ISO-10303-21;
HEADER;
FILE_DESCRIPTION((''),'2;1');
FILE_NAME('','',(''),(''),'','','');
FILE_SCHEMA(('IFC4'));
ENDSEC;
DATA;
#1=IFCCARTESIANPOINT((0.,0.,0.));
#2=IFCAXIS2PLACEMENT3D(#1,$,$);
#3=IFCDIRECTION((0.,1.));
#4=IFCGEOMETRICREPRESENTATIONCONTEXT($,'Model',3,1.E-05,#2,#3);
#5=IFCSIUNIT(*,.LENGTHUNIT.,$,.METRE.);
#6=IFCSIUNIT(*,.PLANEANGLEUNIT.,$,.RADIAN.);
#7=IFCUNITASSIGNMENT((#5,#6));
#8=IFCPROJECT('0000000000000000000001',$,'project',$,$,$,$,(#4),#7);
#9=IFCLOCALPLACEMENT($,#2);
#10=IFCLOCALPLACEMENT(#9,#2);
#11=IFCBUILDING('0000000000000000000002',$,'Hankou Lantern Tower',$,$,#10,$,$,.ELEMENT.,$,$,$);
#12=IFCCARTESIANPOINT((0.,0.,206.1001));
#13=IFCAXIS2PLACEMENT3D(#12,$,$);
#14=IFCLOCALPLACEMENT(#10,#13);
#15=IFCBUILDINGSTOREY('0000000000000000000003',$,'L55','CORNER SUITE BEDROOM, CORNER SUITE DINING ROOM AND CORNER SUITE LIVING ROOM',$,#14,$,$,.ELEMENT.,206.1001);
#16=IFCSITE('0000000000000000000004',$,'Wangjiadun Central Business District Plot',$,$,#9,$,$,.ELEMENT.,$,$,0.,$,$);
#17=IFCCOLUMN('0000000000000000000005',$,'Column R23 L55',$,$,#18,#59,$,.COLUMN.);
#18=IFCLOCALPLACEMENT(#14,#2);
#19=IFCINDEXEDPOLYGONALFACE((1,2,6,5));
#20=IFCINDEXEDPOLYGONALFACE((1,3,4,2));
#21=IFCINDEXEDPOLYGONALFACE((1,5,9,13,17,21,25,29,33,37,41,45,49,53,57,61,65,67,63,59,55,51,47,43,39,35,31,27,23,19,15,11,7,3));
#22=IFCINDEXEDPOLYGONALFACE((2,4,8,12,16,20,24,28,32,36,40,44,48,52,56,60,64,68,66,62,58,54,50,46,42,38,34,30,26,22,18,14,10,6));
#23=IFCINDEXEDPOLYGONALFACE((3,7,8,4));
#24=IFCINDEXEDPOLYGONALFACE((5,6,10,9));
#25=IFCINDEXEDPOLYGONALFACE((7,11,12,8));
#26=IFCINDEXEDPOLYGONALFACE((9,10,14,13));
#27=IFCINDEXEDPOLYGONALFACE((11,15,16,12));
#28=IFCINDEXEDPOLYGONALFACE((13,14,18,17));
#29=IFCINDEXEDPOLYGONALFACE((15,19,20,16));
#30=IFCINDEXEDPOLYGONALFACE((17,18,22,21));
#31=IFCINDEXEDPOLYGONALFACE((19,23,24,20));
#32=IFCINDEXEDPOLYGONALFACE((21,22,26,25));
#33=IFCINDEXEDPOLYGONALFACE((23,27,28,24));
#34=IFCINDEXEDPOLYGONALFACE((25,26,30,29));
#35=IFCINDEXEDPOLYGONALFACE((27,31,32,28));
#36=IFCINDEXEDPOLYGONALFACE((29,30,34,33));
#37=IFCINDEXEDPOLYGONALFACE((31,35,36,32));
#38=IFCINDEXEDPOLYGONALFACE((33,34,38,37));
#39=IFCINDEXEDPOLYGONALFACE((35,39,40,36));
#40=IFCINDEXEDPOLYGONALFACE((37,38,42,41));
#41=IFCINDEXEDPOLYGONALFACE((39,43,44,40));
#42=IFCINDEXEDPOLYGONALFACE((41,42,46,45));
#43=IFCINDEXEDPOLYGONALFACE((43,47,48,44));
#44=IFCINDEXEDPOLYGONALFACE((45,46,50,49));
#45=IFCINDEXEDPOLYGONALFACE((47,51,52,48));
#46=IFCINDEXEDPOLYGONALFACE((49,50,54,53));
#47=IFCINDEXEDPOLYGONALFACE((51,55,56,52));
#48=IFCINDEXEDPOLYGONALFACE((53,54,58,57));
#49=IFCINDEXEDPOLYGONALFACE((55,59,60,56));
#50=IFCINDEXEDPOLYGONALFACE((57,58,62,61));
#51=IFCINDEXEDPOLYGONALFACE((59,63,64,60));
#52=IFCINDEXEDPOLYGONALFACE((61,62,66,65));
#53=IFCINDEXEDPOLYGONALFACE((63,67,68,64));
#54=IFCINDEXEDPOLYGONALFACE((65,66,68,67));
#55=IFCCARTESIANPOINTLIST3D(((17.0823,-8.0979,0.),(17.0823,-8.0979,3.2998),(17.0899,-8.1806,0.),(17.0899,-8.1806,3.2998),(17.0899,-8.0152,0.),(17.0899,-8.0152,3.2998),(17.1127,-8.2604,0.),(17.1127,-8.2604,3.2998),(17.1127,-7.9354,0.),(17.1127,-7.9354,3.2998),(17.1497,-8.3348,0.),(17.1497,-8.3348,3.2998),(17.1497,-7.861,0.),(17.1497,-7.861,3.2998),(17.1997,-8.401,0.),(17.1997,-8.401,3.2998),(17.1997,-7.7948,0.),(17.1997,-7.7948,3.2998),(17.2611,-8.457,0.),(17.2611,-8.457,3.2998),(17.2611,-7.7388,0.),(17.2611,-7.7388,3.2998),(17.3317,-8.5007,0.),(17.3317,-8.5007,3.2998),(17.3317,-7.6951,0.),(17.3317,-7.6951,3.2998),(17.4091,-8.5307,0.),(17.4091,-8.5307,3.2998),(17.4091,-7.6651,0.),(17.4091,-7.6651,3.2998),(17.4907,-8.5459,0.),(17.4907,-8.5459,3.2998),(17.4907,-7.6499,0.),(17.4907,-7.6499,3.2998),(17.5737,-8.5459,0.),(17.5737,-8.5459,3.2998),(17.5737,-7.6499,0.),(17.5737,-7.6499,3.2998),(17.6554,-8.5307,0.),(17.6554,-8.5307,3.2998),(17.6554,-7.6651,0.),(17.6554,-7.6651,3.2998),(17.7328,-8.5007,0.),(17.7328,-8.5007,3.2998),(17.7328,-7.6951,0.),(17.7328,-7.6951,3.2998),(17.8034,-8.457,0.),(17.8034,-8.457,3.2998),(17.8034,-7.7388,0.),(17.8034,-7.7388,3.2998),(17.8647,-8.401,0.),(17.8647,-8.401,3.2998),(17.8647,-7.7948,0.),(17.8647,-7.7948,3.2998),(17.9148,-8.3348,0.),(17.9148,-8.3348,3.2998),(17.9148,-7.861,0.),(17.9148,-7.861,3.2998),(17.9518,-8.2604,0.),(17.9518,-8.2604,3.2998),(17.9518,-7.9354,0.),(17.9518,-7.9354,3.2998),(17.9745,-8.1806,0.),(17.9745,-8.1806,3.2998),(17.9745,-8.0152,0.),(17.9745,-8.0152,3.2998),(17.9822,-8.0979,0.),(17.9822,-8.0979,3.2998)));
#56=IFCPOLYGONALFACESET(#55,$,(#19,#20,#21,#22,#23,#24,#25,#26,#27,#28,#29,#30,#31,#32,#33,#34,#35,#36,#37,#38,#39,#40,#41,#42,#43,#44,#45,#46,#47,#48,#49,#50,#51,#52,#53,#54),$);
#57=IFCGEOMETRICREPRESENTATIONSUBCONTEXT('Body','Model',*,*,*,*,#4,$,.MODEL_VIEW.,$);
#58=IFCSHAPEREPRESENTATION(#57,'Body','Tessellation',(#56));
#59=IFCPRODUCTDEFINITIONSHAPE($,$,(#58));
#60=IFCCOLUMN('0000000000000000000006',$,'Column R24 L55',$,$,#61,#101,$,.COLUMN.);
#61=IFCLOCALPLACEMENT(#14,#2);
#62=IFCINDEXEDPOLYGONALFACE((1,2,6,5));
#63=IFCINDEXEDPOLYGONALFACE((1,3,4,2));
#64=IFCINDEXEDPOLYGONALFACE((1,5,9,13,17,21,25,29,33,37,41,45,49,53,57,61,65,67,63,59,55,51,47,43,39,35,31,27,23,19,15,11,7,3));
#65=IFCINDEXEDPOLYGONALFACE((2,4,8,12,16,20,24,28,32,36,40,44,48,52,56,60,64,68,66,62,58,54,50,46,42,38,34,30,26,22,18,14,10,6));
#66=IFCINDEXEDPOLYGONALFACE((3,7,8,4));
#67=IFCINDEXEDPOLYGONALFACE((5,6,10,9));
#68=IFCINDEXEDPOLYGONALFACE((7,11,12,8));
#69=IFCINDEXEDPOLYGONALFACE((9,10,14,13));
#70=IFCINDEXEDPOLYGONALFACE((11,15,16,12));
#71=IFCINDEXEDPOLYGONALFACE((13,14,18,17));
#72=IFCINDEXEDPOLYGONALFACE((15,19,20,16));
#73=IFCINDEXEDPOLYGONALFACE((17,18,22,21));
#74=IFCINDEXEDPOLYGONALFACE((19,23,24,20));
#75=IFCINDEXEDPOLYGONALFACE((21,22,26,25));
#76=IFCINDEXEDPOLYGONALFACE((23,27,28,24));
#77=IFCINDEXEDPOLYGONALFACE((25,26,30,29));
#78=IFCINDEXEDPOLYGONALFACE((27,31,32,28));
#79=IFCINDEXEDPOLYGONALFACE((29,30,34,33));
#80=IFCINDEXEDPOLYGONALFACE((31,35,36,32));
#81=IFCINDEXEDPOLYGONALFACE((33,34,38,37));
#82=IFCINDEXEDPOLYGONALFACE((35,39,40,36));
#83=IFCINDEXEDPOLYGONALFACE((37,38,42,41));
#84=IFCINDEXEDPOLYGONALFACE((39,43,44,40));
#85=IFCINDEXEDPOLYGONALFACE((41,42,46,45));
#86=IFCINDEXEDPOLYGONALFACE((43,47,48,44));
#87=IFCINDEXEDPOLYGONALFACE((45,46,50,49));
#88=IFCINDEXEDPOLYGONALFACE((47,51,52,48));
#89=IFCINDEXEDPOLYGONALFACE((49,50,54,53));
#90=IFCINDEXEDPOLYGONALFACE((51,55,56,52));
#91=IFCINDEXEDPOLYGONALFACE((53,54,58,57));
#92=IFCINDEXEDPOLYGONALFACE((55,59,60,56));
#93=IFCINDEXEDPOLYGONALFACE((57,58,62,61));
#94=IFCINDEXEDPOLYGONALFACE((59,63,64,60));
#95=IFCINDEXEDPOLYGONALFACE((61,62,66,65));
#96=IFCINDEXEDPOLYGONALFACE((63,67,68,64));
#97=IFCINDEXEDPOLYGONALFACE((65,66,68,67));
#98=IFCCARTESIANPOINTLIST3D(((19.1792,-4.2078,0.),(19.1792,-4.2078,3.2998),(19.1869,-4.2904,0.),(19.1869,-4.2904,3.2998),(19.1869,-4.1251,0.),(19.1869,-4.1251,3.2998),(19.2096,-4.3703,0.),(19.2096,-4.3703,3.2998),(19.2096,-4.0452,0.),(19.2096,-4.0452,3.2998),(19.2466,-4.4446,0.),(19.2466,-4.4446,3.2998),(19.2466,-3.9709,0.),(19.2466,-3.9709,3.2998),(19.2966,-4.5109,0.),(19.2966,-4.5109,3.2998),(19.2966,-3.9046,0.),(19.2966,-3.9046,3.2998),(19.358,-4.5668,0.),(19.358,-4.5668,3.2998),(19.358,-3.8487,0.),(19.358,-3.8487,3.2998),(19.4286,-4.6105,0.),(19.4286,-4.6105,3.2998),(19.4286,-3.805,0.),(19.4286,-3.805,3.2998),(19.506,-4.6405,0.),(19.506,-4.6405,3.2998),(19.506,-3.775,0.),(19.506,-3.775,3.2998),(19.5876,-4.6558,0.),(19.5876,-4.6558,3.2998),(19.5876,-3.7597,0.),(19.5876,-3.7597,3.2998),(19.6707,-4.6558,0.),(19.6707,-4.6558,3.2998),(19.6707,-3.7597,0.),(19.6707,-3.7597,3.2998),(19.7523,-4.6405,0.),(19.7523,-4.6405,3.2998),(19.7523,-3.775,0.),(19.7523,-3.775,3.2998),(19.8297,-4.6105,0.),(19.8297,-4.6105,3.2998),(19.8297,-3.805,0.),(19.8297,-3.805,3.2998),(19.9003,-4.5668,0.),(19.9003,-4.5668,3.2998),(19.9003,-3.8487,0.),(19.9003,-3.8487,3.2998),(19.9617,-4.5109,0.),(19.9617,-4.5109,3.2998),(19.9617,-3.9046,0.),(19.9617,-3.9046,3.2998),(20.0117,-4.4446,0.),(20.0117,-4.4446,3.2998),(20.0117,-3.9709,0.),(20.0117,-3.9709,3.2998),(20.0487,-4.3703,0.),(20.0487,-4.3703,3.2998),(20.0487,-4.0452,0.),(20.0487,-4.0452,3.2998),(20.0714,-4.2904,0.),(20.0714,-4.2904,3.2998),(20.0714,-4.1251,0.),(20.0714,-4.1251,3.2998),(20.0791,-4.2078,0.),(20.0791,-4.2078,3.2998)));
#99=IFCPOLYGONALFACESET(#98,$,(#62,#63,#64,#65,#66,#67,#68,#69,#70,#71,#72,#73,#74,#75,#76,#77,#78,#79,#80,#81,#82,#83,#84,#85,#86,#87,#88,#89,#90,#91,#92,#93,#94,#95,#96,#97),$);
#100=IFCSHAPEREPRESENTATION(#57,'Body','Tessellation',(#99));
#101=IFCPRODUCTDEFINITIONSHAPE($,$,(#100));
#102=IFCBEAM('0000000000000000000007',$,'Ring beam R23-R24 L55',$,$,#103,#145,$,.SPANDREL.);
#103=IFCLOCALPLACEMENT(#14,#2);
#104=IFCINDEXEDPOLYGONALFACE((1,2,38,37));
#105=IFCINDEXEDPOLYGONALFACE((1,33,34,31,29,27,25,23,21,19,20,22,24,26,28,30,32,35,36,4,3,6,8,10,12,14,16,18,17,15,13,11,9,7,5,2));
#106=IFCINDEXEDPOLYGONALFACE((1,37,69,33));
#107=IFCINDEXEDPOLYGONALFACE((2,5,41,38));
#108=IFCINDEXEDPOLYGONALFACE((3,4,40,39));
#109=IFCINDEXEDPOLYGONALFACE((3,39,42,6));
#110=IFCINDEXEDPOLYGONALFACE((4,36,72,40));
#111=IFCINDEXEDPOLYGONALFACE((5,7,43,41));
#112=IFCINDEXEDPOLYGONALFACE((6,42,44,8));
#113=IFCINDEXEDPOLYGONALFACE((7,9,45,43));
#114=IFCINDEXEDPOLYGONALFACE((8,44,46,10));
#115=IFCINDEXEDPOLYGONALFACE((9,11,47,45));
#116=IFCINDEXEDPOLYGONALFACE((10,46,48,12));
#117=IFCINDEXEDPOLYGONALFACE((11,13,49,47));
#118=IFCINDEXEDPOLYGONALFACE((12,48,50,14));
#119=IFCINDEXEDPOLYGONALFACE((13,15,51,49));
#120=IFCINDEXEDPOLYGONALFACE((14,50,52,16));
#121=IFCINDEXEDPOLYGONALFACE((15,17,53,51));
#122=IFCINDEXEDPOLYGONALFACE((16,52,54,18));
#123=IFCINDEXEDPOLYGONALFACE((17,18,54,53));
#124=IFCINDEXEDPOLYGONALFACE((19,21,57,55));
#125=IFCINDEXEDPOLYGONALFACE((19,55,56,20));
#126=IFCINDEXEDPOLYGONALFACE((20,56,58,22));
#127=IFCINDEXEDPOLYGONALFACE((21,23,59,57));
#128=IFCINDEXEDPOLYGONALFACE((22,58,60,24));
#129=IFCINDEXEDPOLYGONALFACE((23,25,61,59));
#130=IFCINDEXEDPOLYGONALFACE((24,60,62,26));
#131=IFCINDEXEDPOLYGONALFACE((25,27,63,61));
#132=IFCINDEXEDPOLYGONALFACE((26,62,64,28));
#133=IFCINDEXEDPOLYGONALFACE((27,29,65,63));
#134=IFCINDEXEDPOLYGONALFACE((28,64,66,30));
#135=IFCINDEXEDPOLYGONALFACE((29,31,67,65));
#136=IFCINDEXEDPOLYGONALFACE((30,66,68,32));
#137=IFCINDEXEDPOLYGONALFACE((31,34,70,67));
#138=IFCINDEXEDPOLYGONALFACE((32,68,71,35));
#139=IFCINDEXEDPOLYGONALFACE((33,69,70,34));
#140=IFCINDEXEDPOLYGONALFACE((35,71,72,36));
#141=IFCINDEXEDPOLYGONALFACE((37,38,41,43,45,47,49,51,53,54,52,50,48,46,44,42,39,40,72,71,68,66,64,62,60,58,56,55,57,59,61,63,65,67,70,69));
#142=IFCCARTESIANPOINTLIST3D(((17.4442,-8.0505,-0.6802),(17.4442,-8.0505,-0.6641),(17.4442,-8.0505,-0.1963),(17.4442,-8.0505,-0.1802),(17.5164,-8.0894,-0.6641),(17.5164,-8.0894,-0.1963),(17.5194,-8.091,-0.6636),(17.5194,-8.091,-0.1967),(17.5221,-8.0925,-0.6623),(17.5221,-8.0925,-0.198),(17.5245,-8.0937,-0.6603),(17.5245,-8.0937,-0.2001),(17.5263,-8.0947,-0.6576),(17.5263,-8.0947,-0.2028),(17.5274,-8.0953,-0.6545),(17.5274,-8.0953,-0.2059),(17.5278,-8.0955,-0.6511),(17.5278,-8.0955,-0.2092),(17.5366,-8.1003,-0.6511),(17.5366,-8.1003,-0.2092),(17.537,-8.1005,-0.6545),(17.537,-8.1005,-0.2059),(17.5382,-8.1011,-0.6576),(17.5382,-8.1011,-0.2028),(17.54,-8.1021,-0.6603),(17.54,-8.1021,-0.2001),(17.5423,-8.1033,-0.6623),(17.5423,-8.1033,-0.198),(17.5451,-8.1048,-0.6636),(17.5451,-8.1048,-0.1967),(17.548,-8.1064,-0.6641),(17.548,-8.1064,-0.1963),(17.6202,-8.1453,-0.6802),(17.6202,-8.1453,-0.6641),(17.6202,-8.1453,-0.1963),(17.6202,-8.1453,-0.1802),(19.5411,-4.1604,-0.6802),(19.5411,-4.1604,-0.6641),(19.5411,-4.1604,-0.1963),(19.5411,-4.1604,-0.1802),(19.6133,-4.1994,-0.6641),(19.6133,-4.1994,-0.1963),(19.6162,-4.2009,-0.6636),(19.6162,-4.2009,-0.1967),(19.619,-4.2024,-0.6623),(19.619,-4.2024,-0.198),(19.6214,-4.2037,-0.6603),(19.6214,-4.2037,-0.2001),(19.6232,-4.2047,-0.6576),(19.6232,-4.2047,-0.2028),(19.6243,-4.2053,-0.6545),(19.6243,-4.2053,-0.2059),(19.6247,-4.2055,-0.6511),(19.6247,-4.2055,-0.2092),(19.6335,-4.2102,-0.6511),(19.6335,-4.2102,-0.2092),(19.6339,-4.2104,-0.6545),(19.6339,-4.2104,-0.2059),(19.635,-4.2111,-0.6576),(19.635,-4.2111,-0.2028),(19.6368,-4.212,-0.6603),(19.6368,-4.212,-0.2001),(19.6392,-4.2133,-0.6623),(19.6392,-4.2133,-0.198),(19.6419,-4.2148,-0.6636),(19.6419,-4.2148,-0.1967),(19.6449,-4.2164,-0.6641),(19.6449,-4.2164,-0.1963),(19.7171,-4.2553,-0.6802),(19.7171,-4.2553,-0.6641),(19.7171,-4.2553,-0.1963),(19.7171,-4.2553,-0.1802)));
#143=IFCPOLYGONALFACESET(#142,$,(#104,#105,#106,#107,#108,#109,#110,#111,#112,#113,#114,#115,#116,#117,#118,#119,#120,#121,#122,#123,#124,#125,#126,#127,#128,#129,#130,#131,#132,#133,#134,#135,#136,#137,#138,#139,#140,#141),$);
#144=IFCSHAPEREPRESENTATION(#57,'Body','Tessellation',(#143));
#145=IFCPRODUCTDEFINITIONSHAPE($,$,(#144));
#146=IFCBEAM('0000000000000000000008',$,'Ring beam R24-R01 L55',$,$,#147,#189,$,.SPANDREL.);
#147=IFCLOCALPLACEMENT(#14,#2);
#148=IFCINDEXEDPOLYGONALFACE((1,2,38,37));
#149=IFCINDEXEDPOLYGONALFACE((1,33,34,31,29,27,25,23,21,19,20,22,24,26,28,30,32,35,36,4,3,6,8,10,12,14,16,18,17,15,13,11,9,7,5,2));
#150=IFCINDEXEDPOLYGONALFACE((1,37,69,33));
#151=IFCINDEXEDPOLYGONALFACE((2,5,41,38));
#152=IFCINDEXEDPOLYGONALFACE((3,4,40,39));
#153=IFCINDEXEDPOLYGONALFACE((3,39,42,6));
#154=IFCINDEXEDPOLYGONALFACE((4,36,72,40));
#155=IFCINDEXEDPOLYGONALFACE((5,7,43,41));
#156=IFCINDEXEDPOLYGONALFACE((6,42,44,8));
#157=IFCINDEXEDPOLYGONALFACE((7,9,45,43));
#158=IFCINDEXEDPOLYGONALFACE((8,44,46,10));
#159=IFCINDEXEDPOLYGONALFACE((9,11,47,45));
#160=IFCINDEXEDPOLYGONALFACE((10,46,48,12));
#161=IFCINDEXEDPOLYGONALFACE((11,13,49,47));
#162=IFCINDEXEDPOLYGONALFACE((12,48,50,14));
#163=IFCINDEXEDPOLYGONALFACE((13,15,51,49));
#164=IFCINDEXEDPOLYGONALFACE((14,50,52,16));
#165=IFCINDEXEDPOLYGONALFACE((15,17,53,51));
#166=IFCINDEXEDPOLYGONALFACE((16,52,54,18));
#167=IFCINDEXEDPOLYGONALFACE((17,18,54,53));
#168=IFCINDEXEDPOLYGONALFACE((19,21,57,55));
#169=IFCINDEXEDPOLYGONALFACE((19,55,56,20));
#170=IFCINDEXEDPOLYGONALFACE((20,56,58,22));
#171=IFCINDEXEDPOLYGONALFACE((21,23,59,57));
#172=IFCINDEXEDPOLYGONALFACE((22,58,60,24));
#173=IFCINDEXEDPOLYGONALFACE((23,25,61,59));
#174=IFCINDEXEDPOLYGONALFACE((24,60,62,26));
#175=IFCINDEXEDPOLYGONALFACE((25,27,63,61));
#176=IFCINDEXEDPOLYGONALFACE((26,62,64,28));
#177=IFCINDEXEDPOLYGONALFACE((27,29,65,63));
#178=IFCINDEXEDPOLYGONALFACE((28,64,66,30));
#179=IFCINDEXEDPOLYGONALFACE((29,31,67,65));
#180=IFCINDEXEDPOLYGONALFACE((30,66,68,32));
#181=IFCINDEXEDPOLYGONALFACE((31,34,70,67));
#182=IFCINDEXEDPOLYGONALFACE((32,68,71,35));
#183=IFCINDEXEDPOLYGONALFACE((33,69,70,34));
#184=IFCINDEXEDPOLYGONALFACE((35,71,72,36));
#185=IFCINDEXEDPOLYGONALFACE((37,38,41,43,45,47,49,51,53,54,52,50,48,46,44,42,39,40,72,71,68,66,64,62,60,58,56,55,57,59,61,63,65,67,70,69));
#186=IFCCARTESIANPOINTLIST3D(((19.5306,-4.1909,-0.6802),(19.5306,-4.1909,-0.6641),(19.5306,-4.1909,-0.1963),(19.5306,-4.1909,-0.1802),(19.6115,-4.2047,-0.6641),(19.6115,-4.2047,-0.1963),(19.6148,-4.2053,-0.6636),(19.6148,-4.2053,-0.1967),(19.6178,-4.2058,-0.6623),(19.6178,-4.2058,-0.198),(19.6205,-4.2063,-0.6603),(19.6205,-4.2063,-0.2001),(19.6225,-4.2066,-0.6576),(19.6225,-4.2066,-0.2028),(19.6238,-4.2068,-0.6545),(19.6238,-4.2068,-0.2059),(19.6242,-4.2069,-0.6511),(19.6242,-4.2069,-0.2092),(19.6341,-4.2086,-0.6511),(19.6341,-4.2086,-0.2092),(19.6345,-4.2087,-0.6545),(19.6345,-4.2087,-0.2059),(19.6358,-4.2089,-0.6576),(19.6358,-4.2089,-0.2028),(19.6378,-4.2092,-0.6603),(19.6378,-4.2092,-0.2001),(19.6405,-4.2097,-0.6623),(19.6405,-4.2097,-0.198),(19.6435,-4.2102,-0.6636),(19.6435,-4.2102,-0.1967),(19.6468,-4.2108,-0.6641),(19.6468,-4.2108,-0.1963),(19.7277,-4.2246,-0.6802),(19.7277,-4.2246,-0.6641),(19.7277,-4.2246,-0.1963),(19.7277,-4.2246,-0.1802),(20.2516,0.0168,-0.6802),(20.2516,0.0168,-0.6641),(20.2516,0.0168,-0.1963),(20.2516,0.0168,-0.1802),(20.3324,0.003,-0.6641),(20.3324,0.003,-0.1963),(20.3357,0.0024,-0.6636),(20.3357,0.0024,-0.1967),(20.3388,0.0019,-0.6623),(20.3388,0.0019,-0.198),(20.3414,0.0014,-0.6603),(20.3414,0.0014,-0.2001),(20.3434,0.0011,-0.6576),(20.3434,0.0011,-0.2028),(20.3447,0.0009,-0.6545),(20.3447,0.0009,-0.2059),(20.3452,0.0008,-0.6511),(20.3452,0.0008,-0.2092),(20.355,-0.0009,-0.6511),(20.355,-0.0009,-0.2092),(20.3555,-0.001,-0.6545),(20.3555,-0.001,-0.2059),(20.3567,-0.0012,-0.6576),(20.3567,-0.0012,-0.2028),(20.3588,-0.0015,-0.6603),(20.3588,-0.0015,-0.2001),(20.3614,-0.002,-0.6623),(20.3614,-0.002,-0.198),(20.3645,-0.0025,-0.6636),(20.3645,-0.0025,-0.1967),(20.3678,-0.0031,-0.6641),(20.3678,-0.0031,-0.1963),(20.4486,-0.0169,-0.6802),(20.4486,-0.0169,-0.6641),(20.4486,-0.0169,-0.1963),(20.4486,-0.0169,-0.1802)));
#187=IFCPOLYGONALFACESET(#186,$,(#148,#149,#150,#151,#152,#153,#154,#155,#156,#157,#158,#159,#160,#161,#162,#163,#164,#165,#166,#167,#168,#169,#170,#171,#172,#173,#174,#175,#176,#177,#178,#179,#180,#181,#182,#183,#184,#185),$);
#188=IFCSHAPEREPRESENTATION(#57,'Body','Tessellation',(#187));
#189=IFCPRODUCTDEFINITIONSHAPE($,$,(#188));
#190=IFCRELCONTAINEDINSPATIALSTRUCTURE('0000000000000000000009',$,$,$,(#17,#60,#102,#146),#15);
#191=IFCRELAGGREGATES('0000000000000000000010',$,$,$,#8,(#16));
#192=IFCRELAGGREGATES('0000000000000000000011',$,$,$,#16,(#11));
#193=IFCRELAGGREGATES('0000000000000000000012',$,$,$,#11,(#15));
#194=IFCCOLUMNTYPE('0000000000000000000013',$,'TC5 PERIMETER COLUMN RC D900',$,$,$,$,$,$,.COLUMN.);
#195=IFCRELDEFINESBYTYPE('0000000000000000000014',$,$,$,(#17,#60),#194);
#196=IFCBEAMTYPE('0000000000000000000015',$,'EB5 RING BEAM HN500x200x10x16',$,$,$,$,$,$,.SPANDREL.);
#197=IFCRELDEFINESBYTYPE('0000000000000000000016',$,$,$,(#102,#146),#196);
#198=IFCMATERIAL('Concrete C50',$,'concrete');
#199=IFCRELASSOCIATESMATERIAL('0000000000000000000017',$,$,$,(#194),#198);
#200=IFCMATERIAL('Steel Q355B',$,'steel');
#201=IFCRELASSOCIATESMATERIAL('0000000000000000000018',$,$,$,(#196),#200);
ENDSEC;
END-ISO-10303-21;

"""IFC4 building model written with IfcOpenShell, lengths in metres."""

from ifc_helpers import new_model, si_unit, direction, frame, origin, origin_2d, place, context, subcontext, project, spatial, circle, i_section, extrude, material, material_profile, profile_set, type_object, element, save


model = new_model("IFC4")

# Units and contexts
model_context = context("Model", 3, precision=1e-05, world=origin(), true_north=direction((0.0, 1.0)))
body_context = subcontext(model_context, "Body", "Model", "MODEL_VIEW")
ifc_project = project(units=[si_unit("LENGTHUNIT", "METRE"), si_unit("PLANEANGLEUNIT", "RADIAN")], contexts=[model_context])

# Site, building, storey
site_placement = place(None, origin())
site = spatial("IfcSite", under=ifc_project, at=site_placement, Name="Wangjiadun Central Business District Plot", CompositionType="ELEMENT", RefElevation=0.0)
building_placement = place(site_placement, origin())
building = spatial("IfcBuilding", under=site, at=building_placement, Name="Hankou Lantern Tower", CompositionType="ELEMENT")
storey_placement = place(building_placement, frame((0.0, 0.0, 206.1001)))
storey = spatial("IfcBuildingStorey", under=building, at=storey_placement, Name="L55", Description="CORNER SUITE BEDROOM, CORNER SUITE DINING ROOM AND CORNER SUITE LIVING ROOM", CompositionType="ELEMENT", Elevation=206.1001)

# Columns
ifc_material_1 = material(Name="Concrete C50", Category="concrete")
ifc_material_profile_1 = material_profile(ifc_material_1, circle(Radius=0.45, at=origin_2d()), Name="RC D900")
ifc_profile_set_1 = profile_set([ifc_material_profile_1], Name="Concrete C50")
column_type = type_object("IfcColumnType", Name="TC5 PERIMETER COLUMN RC D900", PredefinedType="COLUMN", material=ifc_profile_set_1)
for number, where, z_axis, x_axis, name in (
    (1, (17.5322, -8.0979, 0.0), (0.0, 0.0, 1.0), (1.0, 0.0, 0.0), "Column R23 L55"),
    (2, (19.6292, -4.2078, 0.0), (0.0, 0.0, 1.0), (1.0, 0.0, 0.0), "Column R24 L55"),
):
    element("IfcColumn", number, at=place(storey_placement, frame(where, z_axis=z_axis, x_axis=x_axis)), inside=storey, type_object=column_type, Name=name, PredefinedType="COLUMN", context=body_context, shape_type="SweptSolid", body=[
        extrude(circle(Radius=0.45, at=origin_2d()), origin(), (0.0, 0.0, 1.0), 3.2998),
    ])

# Beams
ifc_material_2 = material(Name="Steel Q355B", Category="steel")
ifc_material_profile_2 = material_profile(ifc_material_2, i_section(OverallWidth=0.2, OverallDepth=0.5, WebThickness=0.01, FlangeThickness=0.0161, FilletRadius=0.0129, at=origin_2d()), Name="HN500x200x10x16")
ifc_profile_set_2 = profile_set([ifc_material_profile_2], Name="Steel Q355B")
beam_type_1 = type_object("IfcBeamType", Name="EB5 RING BEAM HN500x200x10x16", PredefinedType="SPANDREL", material=ifc_profile_set_2)
beam_1_placement = place(storey_placement, frame((17.5322, -8.0979, -0.4302), z_axis=(0.474492, 0.88026, 0.0), x_axis=(-0.88026, 0.474492, 0.0)))
element("IfcBeam", 3, at=beam_1_placement, inside=storey, type_object=beam_type_1, Name="Ring beam R23-R24 L55", PredefinedType="SPANDREL", context=body_context, shape_type="SweptSolid", body=[
    extrude(i_section(OverallWidth=0.2, OverallDepth=0.5, WebThickness=0.01, FlangeThickness=0.0161, FilletRadius=0.0129, at=origin_2d()), origin(), (0.0, 0.0, 1.0), 4.4192),
])
beam_2_placement = place(storey_placement, frame((19.6292, -4.2078, -0.4302), z_axis=(0.168877, 0.985637, 0.0), x_axis=(-0.985637, 0.168877, 0.0)))
element("IfcBeam", 4, at=beam_2_placement, inside=storey, type_object=beam_type_1, Name="Ring beam R24-R01 L55", PredefinedType="SPANDREL", context=body_context, shape_type="SweptSolid", body=[
    extrude(i_section(OverallWidth=0.2, OverallDepth=0.5, WebThickness=0.01, FlangeThickness=0.0161, FilletRadius=0.0129, at=origin_2d()), origin(), (0.0, 0.0, 1.0), 4.269),
])

save(model, "model.ifc")
